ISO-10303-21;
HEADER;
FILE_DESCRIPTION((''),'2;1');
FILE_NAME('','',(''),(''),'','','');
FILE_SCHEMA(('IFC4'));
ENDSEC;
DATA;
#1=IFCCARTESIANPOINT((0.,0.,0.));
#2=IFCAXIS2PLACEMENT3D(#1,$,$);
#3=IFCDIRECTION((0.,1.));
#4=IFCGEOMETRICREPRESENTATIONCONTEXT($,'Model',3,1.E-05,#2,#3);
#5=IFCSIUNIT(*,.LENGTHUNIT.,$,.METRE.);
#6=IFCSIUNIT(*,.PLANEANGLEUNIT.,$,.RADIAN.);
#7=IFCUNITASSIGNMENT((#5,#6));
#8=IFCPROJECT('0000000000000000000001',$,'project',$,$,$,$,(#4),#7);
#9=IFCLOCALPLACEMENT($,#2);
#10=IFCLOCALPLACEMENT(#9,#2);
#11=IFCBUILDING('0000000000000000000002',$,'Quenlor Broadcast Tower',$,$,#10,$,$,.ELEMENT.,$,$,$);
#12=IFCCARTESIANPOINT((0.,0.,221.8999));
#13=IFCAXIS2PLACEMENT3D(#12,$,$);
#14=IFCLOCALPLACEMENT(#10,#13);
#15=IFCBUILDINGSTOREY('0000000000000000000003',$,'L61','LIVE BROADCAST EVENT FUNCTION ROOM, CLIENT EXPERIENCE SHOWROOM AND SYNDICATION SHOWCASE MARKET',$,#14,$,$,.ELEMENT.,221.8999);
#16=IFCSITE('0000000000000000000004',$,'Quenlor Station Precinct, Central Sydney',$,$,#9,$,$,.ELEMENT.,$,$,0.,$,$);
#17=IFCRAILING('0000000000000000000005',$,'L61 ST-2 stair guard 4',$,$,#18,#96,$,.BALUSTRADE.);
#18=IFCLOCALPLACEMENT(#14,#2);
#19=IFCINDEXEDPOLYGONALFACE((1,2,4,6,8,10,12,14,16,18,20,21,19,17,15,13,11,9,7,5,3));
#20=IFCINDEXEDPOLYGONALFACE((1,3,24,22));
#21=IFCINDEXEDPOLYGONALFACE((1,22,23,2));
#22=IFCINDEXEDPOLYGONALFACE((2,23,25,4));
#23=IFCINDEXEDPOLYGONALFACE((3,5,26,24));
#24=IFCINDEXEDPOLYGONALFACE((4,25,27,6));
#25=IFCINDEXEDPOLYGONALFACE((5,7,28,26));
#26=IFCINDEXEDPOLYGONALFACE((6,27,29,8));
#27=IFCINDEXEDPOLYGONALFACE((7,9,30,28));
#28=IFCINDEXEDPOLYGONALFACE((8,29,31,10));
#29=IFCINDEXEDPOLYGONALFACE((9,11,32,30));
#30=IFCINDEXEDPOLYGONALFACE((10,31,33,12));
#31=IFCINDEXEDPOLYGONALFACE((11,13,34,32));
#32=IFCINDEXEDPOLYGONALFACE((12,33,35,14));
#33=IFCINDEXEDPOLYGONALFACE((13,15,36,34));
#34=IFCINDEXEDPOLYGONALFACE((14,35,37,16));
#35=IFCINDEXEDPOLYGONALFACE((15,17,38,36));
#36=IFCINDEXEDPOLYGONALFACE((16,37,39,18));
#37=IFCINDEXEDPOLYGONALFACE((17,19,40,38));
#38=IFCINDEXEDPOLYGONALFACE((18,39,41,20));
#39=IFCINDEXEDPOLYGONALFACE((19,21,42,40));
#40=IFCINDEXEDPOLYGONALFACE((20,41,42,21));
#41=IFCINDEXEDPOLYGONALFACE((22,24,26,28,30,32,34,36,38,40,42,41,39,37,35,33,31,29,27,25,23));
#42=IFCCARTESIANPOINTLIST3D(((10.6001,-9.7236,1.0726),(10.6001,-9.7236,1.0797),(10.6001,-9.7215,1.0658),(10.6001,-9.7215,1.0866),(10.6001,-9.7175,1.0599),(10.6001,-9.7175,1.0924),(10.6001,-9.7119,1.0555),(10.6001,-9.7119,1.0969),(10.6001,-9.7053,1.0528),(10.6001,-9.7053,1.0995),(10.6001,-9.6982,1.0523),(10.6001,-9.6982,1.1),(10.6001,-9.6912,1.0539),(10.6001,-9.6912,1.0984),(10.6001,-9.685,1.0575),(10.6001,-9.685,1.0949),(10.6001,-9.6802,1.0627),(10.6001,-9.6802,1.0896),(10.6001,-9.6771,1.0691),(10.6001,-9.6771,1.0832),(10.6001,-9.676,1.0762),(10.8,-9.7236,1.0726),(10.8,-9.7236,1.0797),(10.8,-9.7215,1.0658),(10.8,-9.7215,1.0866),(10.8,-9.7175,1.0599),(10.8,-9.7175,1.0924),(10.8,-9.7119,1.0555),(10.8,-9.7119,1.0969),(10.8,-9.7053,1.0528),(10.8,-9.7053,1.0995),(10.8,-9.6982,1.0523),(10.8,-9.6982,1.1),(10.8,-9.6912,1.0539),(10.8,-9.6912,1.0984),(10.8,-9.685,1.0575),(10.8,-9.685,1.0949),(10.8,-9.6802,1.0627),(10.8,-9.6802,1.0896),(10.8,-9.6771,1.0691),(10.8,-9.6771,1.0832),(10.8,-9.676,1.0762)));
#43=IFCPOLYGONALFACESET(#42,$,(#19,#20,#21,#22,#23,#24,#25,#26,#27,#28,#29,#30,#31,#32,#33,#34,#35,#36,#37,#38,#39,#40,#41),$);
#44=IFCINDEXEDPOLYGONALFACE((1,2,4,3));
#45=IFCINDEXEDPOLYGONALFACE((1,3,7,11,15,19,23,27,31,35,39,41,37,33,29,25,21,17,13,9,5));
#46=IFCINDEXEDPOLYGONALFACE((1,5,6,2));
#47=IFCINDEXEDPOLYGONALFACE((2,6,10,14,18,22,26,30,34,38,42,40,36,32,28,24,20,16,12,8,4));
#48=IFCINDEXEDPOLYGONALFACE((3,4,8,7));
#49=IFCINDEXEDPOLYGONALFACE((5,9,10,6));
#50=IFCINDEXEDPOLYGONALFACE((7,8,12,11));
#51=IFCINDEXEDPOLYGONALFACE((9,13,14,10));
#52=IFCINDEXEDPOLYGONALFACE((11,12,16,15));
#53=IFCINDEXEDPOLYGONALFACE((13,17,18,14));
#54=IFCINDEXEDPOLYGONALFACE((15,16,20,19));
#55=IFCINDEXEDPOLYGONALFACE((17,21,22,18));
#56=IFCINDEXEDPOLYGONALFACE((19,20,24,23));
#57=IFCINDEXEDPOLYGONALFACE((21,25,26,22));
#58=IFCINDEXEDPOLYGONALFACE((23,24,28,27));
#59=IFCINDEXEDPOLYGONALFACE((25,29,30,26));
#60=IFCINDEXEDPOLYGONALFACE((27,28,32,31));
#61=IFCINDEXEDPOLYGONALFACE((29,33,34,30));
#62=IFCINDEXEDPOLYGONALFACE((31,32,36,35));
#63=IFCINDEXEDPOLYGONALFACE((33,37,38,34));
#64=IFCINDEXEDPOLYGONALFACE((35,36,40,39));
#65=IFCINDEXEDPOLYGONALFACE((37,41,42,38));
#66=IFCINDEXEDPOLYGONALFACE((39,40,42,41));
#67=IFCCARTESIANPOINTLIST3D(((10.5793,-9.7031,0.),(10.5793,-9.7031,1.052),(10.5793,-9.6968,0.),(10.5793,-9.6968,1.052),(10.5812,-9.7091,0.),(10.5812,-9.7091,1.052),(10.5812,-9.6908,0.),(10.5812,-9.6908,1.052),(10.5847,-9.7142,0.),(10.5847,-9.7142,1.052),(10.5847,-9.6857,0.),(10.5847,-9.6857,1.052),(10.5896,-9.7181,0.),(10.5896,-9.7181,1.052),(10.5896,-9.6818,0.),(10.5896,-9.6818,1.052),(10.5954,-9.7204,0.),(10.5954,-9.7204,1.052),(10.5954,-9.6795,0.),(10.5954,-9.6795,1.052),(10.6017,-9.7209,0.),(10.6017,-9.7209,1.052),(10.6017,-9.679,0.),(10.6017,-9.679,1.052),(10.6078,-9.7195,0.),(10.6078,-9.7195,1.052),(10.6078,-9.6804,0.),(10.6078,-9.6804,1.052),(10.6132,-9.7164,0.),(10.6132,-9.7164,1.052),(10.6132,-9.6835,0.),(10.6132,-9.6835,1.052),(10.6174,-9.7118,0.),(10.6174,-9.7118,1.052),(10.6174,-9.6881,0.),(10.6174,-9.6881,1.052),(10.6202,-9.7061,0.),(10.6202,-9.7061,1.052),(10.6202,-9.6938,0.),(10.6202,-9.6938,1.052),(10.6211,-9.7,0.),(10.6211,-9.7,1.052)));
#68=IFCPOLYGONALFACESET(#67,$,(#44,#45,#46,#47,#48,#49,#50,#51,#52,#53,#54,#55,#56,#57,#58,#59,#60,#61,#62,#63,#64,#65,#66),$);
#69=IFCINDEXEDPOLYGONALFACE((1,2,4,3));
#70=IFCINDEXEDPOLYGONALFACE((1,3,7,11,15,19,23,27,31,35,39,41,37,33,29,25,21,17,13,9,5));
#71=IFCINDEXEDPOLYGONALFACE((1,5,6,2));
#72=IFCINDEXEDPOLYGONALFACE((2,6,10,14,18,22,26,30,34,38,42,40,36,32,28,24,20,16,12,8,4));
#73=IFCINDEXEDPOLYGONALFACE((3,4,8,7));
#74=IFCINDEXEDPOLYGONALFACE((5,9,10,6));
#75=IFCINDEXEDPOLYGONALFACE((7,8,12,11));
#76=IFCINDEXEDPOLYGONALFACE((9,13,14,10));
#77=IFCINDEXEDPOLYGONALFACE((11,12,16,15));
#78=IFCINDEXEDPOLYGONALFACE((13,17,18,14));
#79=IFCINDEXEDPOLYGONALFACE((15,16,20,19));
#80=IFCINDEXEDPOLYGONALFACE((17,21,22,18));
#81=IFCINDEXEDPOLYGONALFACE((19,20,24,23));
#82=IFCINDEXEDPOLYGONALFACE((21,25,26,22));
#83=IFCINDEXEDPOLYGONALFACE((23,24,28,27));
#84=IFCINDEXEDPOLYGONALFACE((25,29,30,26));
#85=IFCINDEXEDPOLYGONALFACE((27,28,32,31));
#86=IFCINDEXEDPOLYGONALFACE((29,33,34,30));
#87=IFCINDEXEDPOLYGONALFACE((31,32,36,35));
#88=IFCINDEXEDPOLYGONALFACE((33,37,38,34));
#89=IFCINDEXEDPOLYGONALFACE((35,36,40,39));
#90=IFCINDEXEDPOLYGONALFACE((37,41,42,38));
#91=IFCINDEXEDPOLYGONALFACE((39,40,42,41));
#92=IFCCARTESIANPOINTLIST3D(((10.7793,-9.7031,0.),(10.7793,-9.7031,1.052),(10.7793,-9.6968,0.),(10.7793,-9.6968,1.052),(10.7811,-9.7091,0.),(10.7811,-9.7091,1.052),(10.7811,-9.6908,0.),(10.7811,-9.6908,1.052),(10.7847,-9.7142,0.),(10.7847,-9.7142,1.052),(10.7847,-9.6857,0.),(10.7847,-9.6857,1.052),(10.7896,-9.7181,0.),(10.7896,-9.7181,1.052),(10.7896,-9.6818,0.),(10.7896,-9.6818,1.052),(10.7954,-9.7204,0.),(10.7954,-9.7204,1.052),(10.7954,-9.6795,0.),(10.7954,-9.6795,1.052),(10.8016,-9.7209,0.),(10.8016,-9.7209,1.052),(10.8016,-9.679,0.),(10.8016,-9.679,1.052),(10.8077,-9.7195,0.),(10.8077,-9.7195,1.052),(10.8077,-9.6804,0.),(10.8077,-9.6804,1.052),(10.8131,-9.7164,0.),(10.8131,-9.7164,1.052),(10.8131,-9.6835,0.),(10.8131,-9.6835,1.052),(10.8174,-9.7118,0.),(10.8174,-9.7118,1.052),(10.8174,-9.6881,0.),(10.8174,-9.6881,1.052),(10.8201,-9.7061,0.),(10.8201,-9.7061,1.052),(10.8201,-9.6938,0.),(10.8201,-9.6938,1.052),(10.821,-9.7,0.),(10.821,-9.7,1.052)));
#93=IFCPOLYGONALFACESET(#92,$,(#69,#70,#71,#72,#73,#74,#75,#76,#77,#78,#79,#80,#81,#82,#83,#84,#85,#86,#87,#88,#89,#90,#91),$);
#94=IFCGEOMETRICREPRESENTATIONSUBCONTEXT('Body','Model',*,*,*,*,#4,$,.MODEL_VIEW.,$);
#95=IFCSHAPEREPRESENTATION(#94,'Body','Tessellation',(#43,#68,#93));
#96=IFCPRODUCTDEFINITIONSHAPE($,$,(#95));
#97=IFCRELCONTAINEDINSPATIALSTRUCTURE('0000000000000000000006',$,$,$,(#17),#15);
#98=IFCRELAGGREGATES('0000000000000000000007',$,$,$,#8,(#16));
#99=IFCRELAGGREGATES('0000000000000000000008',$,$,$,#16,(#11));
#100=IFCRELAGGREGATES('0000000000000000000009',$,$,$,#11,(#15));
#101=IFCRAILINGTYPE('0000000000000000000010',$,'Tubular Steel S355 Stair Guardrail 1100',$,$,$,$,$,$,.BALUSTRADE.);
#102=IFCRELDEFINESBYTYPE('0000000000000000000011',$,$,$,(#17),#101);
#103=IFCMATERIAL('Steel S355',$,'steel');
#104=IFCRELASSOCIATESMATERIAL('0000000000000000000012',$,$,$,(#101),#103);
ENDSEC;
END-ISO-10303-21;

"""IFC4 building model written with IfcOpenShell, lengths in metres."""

from ifc_helpers import new_model, si_unit, direction, frame, origin, origin_2d, place, context, subcontext, project, spatial, circle, extrude, material, type_object, element, save


model = new_model("IFC4")

# Units and contexts
model_context = context("Model", 3, precision=1e-05, world=origin(), true_north=direction((0.0, 1.0)))
body_context = subcontext(model_context, "Body", "Model", "MODEL_VIEW")
ifc_project = project(units=[si_unit("LENGTHUNIT", "METRE"), si_unit("PLANEANGLEUNIT", "RADIAN")], contexts=[model_context])

# Site, building, storey
site_placement = place(None, origin())
site = spatial("IfcSite", under=ifc_project, at=site_placement, Name="Quenlor Station Precinct, Central Sydney", CompositionType="ELEMENT", RefElevation=0.0)
building_placement = place(site_placement, origin())
building = spatial("IfcBuilding", under=site, at=building_placement, Name="Quenlor Broadcast Tower", CompositionType="ELEMENT")
storey_placement = place(building_placement, frame((0.0, 0.0, 221.8999)))
storey = spatial("IfcBuildingStorey", under=building, at=storey_placement, Name="L61", Description="LIVE BROADCAST EVENT FUNCTION ROOM, CLIENT EXPERIENCE SHOWROOM AND SYNDICATION SHOWCASE MARKET", CompositionType="ELEMENT", Elevation=221.8999)

# Railing
ifc_material_1 = material(Name="Steel S355", Category="steel")
railing_type_1 = type_object("IfcRailingType", Name="Tubular Steel S355 Stair Guardrail 1100", PredefinedType="BALUSTRADE", material=ifc_material_1)
railing_1_placement = place(storey_placement, frame((10.6001, -9.7, 0.0)))
element("IfcRailing", 1, at=railing_1_placement, inside=storey, type_object=railing_type_1, Name="L61 ST-2 stair guard 4", PredefinedType="BALUSTRADE", context=body_context, shape_type="SweptSolid", body=[
    extrude(circle(Radius=0.0239, at=origin_2d()), frame((0.0, 0.0, 1.0762), z_axis=(1.0, 0.0, 0.0), x_axis=(0.0, 1.0, 0.0)), (0.0, 0.0, 1.0), 0.2),
    extrude(circle(Radius=0.021, at=origin_2d()), origin(), (0.0, 0.0, 1.0), 1.052),
    extrude(circle(Radius=0.021, at=origin_2d()), frame((0.2, 0.0, 0.0)), (0.0, 0.0, 1.0), 1.052),
])

save(model, "model.ifc")
